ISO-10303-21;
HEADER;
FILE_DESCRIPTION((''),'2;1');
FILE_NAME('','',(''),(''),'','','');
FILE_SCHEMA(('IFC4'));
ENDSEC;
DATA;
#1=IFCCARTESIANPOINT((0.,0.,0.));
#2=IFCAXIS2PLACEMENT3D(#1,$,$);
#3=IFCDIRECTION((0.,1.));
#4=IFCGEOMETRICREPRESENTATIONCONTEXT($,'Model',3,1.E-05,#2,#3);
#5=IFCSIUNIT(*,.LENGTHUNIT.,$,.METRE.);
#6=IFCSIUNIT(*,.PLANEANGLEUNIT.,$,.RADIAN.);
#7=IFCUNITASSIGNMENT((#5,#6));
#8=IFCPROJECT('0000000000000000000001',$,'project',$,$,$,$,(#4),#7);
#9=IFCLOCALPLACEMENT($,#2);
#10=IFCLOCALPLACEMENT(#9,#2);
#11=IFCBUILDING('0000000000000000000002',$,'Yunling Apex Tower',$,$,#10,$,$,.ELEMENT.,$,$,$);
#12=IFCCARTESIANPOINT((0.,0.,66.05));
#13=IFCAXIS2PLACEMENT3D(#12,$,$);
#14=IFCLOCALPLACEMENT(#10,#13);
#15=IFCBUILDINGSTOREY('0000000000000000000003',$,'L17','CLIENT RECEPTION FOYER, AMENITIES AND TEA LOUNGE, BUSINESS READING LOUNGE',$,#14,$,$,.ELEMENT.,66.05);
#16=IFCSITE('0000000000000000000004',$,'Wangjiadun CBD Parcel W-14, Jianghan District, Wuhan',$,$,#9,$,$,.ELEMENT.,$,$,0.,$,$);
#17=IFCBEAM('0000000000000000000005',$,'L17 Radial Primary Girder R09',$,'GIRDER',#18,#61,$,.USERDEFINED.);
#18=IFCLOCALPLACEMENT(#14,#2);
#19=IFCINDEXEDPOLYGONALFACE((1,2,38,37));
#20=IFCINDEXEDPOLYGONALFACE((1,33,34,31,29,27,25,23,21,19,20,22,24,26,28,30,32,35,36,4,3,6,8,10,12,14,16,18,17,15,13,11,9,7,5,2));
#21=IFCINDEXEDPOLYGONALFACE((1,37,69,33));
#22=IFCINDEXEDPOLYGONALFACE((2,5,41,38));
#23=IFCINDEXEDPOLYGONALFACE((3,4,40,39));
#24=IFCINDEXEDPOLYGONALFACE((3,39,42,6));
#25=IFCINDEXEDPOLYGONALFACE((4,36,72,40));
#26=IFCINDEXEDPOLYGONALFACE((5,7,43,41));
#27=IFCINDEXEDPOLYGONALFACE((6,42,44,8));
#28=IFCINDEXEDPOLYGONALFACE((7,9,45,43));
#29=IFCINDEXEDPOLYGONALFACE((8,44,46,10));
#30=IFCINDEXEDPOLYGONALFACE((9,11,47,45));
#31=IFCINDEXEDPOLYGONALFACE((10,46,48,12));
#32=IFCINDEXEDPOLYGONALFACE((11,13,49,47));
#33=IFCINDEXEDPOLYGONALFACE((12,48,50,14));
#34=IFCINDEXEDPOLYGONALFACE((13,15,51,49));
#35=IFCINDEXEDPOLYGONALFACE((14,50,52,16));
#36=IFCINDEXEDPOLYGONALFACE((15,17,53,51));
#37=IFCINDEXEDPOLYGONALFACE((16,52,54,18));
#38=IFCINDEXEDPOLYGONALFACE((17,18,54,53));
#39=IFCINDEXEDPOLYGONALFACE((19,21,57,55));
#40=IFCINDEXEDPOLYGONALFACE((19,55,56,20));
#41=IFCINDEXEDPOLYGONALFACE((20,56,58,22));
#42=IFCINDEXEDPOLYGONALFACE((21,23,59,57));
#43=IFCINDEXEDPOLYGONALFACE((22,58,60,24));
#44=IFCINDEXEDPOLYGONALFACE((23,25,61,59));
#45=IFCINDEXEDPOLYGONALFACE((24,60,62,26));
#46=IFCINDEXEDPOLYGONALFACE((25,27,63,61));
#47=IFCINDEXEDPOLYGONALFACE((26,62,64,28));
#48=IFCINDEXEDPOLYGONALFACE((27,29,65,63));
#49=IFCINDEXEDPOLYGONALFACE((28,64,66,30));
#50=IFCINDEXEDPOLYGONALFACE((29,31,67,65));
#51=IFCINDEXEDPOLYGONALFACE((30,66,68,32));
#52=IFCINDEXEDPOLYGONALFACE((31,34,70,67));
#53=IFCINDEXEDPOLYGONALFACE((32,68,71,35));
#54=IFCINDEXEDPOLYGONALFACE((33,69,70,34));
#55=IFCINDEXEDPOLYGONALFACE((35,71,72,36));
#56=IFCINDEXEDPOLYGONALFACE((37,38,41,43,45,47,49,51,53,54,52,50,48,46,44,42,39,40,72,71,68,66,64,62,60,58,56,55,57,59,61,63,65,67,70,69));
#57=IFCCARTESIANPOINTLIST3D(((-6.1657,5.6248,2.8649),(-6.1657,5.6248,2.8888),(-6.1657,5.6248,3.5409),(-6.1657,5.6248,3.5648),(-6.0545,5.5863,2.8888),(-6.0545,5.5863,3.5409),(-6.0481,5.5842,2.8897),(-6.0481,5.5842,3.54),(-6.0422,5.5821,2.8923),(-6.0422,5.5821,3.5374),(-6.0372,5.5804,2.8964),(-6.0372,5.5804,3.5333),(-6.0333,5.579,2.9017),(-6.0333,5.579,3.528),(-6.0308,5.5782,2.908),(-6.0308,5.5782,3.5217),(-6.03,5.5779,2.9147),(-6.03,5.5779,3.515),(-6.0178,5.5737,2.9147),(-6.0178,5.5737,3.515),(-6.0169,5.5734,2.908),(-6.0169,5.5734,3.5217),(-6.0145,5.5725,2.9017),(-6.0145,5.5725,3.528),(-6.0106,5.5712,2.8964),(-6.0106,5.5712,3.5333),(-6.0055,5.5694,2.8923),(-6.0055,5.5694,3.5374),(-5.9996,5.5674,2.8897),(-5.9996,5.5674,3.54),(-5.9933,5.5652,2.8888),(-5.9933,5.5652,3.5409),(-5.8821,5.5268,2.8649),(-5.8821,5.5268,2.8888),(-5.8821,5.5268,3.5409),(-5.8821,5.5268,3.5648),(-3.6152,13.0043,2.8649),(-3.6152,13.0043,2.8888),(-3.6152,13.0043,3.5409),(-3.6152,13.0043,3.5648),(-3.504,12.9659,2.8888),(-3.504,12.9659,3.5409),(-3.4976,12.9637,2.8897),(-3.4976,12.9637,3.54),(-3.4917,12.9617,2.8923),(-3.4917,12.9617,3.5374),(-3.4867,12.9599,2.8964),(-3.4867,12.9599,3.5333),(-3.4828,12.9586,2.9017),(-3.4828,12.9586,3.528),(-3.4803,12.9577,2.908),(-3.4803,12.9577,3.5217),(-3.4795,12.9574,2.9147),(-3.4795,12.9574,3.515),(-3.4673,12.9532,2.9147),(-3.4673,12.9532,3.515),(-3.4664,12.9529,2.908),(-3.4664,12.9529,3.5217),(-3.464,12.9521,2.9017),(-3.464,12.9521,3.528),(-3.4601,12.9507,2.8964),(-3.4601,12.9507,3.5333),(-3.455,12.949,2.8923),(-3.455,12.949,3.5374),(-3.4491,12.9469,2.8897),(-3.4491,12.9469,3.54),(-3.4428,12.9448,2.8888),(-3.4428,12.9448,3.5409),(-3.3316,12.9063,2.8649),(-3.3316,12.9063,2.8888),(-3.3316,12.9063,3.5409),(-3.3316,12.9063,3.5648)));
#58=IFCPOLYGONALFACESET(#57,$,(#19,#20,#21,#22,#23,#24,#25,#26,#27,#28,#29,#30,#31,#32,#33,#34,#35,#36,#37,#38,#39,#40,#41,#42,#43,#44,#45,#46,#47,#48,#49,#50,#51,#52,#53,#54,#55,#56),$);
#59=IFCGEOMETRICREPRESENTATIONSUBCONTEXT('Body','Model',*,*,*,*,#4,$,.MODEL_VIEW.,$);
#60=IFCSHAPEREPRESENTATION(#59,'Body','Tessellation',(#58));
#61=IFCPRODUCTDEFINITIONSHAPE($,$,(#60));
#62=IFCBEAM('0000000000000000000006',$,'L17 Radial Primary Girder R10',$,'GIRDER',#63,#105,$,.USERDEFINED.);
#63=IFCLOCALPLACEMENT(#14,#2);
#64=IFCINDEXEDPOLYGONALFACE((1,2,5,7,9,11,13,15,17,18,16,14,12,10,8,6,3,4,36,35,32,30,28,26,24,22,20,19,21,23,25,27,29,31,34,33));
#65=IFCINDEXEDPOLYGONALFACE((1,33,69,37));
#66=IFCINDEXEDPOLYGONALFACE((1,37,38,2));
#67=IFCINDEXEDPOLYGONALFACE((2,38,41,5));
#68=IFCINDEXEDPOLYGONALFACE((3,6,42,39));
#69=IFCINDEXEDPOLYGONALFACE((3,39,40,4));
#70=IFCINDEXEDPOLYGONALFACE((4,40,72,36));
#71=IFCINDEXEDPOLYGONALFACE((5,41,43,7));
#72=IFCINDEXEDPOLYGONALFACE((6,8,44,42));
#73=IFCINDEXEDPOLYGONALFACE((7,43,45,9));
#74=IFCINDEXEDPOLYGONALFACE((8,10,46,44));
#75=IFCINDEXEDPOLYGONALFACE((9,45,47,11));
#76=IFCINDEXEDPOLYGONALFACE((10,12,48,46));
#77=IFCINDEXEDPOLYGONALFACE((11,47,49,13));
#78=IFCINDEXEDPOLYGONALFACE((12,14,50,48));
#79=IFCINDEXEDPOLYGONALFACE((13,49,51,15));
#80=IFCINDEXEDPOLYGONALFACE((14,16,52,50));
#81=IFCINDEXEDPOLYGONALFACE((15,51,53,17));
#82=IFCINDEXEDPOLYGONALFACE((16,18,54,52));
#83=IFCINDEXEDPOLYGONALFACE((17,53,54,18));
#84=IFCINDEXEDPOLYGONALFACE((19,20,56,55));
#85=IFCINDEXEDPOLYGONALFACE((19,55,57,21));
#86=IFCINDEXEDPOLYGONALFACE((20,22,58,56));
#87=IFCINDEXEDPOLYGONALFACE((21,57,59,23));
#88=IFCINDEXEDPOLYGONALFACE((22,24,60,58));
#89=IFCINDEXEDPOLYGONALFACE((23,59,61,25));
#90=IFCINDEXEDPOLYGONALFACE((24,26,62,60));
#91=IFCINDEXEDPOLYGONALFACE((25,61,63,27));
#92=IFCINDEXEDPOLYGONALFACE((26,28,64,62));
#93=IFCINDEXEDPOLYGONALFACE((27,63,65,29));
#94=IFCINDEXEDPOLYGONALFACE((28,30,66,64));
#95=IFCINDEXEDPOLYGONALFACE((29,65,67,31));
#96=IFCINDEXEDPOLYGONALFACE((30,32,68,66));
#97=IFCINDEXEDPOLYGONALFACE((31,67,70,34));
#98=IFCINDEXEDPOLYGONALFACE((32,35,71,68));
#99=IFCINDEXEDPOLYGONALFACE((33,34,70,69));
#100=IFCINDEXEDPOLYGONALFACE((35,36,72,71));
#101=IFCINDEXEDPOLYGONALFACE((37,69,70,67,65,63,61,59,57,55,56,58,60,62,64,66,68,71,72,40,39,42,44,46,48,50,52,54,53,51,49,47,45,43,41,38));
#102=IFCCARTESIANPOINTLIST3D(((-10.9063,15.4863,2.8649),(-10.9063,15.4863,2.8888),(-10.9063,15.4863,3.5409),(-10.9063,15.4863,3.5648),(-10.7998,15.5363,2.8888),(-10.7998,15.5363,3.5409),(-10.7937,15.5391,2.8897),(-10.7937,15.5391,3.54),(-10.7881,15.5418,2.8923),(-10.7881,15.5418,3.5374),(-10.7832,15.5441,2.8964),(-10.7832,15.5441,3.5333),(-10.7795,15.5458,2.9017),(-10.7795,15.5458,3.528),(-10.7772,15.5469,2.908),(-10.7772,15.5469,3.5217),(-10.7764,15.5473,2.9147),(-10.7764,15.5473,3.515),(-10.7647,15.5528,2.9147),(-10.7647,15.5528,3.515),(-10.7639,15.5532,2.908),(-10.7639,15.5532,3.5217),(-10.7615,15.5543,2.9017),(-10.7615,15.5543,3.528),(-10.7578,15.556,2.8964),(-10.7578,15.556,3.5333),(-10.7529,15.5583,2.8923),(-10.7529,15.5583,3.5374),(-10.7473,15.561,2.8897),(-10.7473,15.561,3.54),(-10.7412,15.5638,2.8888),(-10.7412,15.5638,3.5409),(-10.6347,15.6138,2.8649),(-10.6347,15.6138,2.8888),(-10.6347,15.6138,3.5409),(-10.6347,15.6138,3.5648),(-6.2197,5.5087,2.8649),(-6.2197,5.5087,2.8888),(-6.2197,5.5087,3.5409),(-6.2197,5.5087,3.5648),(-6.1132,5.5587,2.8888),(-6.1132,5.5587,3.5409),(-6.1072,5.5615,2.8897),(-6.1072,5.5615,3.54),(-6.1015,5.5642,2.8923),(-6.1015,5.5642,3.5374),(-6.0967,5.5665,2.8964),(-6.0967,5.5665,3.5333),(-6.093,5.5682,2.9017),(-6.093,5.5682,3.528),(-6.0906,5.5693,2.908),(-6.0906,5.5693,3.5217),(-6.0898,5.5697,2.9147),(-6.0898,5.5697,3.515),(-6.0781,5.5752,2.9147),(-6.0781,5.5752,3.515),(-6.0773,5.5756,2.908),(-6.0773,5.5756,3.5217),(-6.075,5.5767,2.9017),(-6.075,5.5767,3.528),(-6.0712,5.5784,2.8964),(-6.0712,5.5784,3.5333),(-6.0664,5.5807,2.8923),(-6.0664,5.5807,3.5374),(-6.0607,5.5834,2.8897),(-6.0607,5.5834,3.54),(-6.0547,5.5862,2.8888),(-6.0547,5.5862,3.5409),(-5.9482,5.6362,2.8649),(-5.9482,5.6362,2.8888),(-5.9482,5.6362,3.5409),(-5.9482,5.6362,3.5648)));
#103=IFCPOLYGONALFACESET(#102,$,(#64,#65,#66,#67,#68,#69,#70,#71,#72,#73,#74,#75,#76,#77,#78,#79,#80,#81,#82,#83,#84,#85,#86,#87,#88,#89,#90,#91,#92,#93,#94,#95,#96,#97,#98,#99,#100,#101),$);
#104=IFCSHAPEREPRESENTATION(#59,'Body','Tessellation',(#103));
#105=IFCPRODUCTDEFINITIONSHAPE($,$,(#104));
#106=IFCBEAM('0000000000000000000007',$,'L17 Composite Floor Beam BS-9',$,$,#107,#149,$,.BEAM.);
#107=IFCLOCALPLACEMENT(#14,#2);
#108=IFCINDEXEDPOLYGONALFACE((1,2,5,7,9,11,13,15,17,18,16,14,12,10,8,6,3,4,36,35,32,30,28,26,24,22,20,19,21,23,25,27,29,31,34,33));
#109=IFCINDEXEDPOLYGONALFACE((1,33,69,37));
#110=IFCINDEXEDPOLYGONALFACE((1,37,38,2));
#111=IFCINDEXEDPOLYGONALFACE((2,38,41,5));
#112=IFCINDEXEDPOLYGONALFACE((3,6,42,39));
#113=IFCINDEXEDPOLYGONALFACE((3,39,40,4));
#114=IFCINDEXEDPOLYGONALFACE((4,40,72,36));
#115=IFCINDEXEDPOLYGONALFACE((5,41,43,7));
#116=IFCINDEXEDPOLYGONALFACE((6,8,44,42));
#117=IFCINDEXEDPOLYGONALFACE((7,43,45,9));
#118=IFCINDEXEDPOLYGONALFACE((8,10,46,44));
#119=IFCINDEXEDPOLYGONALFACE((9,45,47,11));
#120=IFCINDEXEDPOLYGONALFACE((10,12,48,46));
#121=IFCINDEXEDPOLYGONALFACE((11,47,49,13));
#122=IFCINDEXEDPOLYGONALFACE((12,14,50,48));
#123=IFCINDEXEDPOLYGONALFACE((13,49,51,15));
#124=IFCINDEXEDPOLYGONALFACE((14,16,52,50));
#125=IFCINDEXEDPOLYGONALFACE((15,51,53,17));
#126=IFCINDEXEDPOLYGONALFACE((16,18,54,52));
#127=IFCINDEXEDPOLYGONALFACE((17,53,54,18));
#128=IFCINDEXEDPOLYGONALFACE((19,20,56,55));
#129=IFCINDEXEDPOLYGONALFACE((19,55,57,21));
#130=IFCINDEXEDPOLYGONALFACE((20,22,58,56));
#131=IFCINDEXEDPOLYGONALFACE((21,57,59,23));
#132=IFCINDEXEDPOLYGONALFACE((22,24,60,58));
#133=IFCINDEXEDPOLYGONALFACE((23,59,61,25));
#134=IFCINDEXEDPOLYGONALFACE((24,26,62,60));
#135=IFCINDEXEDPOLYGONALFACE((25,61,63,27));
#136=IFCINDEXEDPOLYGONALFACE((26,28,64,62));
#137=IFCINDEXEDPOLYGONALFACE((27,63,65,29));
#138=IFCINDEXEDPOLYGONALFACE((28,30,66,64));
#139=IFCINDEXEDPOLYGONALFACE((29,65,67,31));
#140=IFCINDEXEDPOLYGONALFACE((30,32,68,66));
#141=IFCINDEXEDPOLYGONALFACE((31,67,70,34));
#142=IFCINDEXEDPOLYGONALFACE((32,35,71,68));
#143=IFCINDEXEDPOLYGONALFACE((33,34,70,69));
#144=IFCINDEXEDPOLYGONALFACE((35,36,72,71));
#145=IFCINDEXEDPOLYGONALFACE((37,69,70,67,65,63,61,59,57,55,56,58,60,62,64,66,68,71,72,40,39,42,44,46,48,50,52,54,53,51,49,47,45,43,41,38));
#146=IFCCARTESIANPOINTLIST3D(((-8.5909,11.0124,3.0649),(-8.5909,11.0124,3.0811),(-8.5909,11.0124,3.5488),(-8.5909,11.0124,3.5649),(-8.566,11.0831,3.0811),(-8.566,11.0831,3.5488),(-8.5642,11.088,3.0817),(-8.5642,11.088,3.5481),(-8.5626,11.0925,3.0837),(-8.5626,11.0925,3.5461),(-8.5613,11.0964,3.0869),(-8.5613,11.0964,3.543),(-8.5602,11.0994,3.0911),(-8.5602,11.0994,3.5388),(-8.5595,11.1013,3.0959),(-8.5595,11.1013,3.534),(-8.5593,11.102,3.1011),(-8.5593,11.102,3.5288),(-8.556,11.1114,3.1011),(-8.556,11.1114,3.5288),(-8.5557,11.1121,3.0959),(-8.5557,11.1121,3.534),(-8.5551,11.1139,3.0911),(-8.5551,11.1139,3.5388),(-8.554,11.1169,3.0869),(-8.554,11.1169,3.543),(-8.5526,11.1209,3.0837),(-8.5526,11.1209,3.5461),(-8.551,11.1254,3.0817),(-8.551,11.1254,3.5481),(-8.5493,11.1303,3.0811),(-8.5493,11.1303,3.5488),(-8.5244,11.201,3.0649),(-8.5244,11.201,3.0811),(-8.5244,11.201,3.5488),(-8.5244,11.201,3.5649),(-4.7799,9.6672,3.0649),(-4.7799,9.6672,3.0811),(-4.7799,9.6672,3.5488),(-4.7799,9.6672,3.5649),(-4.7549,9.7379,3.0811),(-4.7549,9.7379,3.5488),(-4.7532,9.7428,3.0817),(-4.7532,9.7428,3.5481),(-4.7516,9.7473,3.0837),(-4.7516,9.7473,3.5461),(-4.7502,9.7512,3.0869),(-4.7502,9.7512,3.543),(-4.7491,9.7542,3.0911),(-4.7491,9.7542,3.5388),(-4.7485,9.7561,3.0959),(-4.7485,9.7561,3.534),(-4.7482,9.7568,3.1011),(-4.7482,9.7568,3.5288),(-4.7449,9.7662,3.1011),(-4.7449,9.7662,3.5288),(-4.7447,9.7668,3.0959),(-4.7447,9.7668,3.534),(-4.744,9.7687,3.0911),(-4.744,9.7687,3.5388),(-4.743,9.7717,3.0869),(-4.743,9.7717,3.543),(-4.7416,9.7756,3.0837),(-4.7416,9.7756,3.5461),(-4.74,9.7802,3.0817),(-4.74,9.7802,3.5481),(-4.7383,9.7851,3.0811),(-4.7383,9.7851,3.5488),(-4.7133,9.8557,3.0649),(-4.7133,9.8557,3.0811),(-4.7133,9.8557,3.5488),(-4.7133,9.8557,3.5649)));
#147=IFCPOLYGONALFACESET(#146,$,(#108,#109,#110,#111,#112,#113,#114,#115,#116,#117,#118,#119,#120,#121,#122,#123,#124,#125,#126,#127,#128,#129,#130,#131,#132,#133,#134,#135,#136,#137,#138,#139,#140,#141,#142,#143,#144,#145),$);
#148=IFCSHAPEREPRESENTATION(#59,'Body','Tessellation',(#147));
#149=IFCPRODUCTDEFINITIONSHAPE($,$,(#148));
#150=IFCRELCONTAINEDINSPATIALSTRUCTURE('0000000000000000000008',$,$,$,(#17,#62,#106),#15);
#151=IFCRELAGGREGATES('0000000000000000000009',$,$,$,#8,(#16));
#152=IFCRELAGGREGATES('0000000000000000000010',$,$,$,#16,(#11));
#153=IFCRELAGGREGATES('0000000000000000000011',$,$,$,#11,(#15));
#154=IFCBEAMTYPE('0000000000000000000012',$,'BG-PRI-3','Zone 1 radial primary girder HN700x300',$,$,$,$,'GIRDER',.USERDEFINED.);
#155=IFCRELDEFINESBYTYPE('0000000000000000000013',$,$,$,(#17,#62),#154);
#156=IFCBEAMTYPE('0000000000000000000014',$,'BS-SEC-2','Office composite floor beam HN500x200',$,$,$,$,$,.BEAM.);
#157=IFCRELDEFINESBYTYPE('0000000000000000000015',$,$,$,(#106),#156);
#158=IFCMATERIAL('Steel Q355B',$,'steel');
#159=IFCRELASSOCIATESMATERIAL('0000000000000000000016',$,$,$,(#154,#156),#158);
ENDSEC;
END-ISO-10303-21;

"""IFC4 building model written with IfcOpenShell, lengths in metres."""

from ifc_helpers import new_model, si_unit, direction, frame, origin, origin_2d, place, context, subcontext, project, spatial, i_section, extrude, source, transform, mapped, material, material_profile, profile_set, type_object, element, save


model = new_model("IFC4")

# Units and contexts
model_context = context("Model", 3, precision=1e-05, world=origin(), true_north=direction((0.0, 1.0)))
body_context = subcontext(model_context, "Body", "Model", "MODEL_VIEW")
ifc_project = project(units=[si_unit("LENGTHUNIT", "METRE"), si_unit("PLANEANGLEUNIT", "RADIAN")], contexts=[model_context])

# Site, building, storey
site_placement = place(None, origin())
site = spatial("IfcSite", under=ifc_project, at=site_placement, Name="Wangjiadun CBD Parcel W-14, Jianghan District, Wuhan", CompositionType="ELEMENT", RefElevation=0.0)
building_placement = place(site_placement, origin())
building = spatial("IfcBuilding", under=site, at=building_placement, Name="Yunling Apex Tower", CompositionType="ELEMENT")
storey_placement = place(building_placement, frame((0.0, 0.0, 66.05)))
storey = spatial("IfcBuildingStorey", under=building, at=storey_placement, Name="L17", Description="CLIENT RECEPTION FOYER, AMENITIES AND TEA LOUNGE, BUSINESS READING LOUNGE", CompositionType="ELEMENT", Elevation=66.05)

# Beams
ifc_material_1 = material(Name="Steel Q355B", Category="steel")
ifc_material_profile_1 = material_profile(ifc_material_1, i_section(OverallWidth=0.3, OverallDepth=0.7, WebThickness=0.0129, FlangeThickness=0.0239, FilletRadius=0.0259, at=origin_2d()))
ifc_profile_set_1 = profile_set([ifc_material_profile_1], Name="Steel Q355B")
beam_type_1 = type_object("IfcBeamType", Name="BG-PRI-3", Description="Zone 1 radial primary girder HN700x300", ElementType="GIRDER", PredefinedType="USERDEFINED", material=ifc_profile_set_1)
shared_shape_1 = source(origin(), body_context, "Body", "SweptSolid", [
    extrude(i_section(OverallWidth=0.3, OverallDepth=0.7, WebThickness=0.0129, FlangeThickness=0.0239, FilletRadius=0.0259, at=origin_2d()), origin(), (0.0, 0.0, 1.0), 7.8079),
])
beam_1_placement = place(storey_placement, frame((-3.4734, 12.9553, 3.2148), z_axis=(-0.326658, -0.945142, 0.0), x_axis=(0.945142, -0.326658, 0.0)))
element("IfcBeam", 1, at=beam_1_placement, inside=storey, type_object=beam_type_1, Name="L17 Radial Primary Girder R09", ObjectType="GIRDER", PredefinedType="USERDEFINED", context=body_context, shape_type="MappedRepresentation", body=[
    mapped(shared_shape_1, transform((0.0, 0.0, 0.0), scale=1.0)),
])
shared_shape_2 = source(origin(), body_context, "Body", "SweptSolid", [
    extrude(i_section(OverallWidth=0.3, OverallDepth=0.7, WebThickness=0.0129, FlangeThickness=0.0239, FilletRadius=0.0259, at=origin_2d()), origin(), (0.0, 0.0, 1.0), 11.0234),
])
beam_2_placement = place(storey_placement, frame((-10.7705, 15.55, 3.2148), z_axis=(0.425144, -0.905126, 0.0), x_axis=(0.905126, 0.425144, 0.0)))
element("IfcBeam", 2, at=beam_2_placement, inside=storey, type_object=beam_type_1, Name="L17 Radial Primary Girder R10", ObjectType="GIRDER", PredefinedType="USERDEFINED", context=body_context, shape_type="MappedRepresentation", body=[
    mapped(shared_shape_2, transform((0.0, 0.0, 0.0), scale=1.0)),
])
ifc_material_profile_2 = material_profile(ifc_material_1, i_section(OverallWidth=0.2, OverallDepth=0.5, WebThickness=0.01, FlangeThickness=0.0161, FilletRadius=0.02, at=origin_2d()))
ifc_profile_set_2 = profile_set([ifc_material_profile_2], Name="Steel Q355B")
beam_type_2 = type_object("IfcBeamType", Name="BS-SEC-2", Description="Office composite floor beam HN500x200", PredefinedType="BEAM", material=ifc_profile_set_2)
shared_shape_3 = source(origin(), body_context, "Body", "SweptSolid", [
    extrude(i_section(OverallWidth=0.2, OverallDepth=0.5, WebThickness=0.01, FlangeThickness=0.0161, FilletRadius=0.02, at=origin_2d()), origin(), (0.0, 0.0, 1.0), 4.0415),
])
beam_3_placement = place(storey_placement, frame((-4.7466, 9.7615, 3.3149), z_axis=(-0.942979, 0.332852, 0.0), x_axis=(-0.332852, -0.942979, 0.0)))
element("IfcBeam", 3, at=beam_3_placement, inside=storey, type_object=beam_type_2, Name="L17 Composite Floor Beam BS-9", PredefinedType="BEAM", context=body_context, shape_type="MappedRepresentation", body=[
    mapped(shared_shape_3, transform((0.0, 0.0, 0.0), scale=1.0)),
])

save(model, "model.ifc")
